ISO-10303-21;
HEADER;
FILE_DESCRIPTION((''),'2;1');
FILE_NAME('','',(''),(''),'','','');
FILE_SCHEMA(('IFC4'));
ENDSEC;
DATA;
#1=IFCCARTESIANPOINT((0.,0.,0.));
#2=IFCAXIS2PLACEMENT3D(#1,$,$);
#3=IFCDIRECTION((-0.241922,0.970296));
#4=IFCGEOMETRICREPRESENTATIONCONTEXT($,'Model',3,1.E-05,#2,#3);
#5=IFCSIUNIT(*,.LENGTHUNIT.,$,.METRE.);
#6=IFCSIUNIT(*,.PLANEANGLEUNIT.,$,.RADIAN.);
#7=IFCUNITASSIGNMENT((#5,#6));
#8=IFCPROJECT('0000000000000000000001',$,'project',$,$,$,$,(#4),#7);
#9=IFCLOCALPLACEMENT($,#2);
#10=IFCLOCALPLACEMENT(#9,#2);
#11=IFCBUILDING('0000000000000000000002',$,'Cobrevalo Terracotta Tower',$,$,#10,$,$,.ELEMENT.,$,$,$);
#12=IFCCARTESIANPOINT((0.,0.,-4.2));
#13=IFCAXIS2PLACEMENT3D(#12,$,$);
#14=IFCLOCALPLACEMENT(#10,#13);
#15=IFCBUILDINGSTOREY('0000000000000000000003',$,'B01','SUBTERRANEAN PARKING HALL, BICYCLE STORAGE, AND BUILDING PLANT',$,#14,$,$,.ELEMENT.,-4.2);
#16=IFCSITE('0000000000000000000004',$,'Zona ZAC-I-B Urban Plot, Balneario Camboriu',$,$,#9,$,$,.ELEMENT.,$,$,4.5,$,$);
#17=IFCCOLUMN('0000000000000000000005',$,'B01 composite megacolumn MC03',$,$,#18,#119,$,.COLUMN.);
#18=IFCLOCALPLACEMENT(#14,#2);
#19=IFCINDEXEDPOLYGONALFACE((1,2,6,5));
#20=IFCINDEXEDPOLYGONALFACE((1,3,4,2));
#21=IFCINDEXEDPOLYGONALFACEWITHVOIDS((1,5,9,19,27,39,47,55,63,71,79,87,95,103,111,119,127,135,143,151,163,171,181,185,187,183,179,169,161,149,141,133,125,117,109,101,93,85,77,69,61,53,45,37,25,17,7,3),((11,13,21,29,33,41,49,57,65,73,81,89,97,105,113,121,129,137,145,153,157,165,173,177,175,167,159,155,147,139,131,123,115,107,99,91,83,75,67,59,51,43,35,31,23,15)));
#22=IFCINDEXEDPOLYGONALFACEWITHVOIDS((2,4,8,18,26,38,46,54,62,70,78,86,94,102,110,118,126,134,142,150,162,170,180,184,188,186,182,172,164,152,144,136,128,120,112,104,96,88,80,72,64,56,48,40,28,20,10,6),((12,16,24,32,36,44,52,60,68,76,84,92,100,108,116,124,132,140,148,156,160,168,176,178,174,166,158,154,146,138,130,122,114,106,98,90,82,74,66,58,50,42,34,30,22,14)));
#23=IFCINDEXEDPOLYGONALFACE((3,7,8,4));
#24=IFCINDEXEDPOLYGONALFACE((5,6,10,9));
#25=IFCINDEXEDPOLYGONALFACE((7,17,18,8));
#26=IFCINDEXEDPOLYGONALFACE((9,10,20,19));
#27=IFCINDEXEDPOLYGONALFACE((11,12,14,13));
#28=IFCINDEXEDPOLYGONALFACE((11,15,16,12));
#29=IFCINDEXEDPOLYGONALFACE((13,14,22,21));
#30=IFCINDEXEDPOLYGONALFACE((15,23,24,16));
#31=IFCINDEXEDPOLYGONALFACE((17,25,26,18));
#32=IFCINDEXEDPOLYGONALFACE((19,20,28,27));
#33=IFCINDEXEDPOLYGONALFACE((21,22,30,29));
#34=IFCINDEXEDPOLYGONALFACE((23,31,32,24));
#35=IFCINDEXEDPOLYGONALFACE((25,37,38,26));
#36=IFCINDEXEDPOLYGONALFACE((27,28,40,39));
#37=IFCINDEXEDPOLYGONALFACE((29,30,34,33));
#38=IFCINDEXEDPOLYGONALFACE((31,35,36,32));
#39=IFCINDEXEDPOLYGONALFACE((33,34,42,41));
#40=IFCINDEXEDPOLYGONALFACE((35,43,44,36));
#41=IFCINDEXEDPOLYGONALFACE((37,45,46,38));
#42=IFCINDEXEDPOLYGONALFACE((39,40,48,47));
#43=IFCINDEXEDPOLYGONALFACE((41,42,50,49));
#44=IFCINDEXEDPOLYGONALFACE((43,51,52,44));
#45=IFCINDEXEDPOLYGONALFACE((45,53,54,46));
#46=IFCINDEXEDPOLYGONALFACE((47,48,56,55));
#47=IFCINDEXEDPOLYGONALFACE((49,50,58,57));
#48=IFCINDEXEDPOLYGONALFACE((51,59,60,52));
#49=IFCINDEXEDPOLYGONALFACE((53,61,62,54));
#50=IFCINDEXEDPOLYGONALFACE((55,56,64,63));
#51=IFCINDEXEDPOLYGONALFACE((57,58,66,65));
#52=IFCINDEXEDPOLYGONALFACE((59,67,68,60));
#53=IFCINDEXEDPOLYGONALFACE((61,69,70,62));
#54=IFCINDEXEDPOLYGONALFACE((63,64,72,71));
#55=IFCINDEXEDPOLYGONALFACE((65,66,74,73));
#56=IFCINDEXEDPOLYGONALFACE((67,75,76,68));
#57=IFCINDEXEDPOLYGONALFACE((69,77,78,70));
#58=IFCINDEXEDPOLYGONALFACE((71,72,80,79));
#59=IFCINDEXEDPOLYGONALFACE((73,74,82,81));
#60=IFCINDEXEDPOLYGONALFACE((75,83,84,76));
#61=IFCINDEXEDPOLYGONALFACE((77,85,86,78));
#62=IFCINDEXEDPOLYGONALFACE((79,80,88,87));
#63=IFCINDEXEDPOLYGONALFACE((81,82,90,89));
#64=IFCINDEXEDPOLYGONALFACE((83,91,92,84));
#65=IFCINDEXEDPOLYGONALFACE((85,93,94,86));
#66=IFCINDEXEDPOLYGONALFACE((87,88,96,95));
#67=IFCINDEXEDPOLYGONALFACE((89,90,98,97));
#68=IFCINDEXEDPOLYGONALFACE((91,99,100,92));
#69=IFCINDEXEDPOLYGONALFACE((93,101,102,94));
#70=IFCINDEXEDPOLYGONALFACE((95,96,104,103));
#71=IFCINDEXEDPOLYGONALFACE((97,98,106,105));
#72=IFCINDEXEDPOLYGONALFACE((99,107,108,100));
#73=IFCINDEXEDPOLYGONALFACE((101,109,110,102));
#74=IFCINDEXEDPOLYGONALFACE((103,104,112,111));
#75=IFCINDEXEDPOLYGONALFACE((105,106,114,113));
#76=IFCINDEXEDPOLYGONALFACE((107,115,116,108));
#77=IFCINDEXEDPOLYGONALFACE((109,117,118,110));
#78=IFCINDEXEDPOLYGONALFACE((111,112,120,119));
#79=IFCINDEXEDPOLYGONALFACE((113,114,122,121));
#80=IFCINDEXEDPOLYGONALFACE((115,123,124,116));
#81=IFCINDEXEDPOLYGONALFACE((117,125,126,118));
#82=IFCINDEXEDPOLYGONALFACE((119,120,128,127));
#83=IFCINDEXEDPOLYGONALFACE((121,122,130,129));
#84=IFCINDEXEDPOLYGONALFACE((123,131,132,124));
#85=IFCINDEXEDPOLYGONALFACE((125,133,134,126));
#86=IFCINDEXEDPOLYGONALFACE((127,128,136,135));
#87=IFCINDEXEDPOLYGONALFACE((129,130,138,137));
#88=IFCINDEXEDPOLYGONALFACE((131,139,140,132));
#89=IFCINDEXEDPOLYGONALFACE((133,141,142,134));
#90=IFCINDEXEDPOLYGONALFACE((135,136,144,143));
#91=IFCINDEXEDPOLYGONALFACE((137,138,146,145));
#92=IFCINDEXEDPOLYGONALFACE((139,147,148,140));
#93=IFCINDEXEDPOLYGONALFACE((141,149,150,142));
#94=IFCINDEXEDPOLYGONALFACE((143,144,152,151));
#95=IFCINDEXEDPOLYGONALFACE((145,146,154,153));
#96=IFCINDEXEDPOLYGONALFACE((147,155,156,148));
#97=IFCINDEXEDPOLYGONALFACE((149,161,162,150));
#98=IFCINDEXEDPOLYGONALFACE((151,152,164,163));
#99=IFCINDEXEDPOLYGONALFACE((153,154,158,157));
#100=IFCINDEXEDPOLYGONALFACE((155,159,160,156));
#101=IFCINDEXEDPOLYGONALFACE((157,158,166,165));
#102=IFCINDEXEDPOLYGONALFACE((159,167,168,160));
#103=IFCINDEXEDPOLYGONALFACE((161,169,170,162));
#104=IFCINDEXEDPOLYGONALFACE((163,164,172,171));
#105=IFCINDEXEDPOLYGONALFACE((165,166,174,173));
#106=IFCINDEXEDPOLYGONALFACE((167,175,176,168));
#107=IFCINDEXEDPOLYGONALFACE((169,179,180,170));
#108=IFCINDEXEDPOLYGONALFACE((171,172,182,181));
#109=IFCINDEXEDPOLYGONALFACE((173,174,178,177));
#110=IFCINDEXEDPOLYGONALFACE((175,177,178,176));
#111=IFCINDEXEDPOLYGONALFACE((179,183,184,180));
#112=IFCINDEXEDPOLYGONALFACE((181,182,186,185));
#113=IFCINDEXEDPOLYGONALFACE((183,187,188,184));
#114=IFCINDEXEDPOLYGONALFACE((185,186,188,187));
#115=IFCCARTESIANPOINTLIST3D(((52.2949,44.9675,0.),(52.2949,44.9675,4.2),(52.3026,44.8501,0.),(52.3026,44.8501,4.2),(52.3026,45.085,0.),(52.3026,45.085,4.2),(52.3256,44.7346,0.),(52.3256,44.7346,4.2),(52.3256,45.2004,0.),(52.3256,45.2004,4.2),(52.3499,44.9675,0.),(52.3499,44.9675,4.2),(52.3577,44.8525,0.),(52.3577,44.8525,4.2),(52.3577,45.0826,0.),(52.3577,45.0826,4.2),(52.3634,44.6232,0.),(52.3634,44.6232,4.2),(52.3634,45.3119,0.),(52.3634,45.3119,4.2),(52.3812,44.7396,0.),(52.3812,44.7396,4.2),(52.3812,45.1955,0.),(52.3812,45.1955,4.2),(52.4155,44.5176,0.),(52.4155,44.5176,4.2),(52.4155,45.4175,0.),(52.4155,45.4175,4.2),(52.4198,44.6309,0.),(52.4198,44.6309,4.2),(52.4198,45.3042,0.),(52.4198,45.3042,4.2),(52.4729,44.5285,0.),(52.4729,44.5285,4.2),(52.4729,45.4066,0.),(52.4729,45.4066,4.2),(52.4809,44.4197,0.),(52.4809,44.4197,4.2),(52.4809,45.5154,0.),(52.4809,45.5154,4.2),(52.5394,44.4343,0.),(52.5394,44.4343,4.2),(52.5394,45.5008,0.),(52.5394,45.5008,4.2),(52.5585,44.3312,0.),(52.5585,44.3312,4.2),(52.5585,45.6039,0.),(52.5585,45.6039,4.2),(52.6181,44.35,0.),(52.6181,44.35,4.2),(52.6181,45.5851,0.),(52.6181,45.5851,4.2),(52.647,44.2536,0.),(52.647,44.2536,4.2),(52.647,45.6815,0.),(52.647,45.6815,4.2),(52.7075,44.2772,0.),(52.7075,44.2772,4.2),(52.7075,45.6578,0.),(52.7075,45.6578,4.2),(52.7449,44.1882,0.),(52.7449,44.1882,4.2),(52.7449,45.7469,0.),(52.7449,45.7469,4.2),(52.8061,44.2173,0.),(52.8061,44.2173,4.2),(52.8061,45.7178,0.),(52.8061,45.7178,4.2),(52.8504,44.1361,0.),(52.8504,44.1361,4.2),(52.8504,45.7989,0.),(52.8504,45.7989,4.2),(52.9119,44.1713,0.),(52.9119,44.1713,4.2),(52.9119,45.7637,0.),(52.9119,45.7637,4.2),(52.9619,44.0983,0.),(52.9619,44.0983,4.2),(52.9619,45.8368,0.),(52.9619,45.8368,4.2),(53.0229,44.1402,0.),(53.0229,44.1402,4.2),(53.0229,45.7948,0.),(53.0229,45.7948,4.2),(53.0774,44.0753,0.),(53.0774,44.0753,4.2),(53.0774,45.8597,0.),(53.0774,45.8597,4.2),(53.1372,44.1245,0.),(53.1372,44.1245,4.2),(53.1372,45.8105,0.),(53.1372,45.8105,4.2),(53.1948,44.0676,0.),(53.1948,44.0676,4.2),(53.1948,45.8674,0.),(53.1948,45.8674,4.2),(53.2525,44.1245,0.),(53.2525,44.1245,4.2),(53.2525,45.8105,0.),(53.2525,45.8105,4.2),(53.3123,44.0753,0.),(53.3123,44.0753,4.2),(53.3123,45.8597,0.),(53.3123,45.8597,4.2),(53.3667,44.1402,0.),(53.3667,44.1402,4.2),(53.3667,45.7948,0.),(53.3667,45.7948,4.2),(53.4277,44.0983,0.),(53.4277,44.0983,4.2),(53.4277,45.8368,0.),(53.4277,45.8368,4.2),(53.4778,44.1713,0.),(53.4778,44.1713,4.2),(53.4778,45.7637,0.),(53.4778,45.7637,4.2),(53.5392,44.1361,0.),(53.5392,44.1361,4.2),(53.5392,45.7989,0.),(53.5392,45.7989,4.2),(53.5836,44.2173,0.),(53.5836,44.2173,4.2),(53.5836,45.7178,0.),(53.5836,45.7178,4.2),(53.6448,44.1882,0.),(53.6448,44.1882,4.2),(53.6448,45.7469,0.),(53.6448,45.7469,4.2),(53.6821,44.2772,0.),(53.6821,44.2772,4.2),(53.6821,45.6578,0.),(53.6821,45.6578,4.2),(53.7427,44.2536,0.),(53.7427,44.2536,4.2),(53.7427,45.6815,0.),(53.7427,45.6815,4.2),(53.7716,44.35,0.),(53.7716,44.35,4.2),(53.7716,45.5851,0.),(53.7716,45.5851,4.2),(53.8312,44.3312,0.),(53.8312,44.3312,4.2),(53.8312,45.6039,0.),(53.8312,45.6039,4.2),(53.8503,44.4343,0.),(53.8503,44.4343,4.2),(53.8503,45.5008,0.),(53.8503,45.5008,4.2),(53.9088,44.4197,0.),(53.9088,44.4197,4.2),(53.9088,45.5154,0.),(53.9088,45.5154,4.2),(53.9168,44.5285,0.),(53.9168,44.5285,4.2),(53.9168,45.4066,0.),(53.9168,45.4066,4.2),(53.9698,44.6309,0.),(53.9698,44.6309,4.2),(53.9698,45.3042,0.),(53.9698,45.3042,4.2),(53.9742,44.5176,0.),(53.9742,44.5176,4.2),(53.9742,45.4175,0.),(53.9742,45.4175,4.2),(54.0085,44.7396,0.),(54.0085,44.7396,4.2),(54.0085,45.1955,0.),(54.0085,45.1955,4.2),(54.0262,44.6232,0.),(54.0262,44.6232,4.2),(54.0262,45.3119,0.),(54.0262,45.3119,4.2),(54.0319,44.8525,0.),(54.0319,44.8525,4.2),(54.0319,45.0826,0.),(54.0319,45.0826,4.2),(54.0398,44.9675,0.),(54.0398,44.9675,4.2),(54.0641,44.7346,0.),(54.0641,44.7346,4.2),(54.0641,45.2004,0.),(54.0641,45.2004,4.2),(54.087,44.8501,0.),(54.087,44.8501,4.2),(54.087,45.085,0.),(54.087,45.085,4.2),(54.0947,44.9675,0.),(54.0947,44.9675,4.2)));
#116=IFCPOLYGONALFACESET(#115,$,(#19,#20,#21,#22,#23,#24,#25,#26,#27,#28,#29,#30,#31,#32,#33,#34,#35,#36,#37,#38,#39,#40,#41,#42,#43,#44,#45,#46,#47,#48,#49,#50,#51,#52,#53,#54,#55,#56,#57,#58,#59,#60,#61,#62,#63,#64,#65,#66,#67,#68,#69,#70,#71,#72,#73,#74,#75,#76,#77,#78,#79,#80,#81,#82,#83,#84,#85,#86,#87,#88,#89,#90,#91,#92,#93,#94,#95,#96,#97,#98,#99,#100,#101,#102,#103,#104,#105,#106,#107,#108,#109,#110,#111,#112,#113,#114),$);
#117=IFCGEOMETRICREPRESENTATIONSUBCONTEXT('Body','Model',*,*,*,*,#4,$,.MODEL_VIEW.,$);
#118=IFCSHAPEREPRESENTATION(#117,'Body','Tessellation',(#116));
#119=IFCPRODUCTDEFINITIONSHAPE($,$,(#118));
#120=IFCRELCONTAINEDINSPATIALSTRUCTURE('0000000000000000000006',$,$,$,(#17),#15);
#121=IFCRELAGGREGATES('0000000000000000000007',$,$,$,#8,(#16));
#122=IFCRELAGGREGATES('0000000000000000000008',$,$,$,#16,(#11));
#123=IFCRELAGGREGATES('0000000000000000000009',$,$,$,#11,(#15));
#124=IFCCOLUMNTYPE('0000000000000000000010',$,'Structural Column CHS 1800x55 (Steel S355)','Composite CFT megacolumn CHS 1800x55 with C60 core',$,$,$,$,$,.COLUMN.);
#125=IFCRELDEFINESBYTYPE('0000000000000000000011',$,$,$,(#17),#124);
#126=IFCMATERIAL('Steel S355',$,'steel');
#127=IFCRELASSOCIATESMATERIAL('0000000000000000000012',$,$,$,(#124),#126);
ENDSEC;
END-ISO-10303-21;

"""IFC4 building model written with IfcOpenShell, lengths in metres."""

from ifc_helpers import new_model, si_unit, direction, frame, origin, origin_2d, place, context, subcontext, project, spatial, hollow_circle, extrude, material, material_profile, profile_set, type_object, element, save


model = new_model("IFC4")

# Units and contexts
model_context = context("Model", 3, precision=1e-05, world=origin(), true_north=direction((-0.241922, 0.970296)))
body_context = subcontext(model_context, "Body", "Model", "MODEL_VIEW")
ifc_project = project(units=[si_unit("LENGTHUNIT", "METRE"), si_unit("PLANEANGLEUNIT", "RADIAN")], contexts=[model_context])

# Site, building, storey
site_placement = place(None, origin())
site = spatial("IfcSite", under=ifc_project, at=site_placement, Name="Zona ZAC-I-B Urban Plot, Balneario Camboriu", CompositionType="ELEMENT", RefElevation=4.5)
building_placement = place(site_placement, origin())
building = spatial("IfcBuilding", under=site, at=building_placement, Name="Cobrevalo Terracotta Tower", CompositionType="ELEMENT")
storey_placement = place(building_placement, frame((0.0, 0.0, -4.2)))
storey = spatial("IfcBuildingStorey", under=building, at=storey_placement, Name="B01", Description="SUBTERRANEAN PARKING HALL, BICYCLE STORAGE, AND BUILDING PLANT", CompositionType="ELEMENT", Elevation=-4.2)

# Column
ifc_material_1 = material(Name="Steel S355", Category="steel")
ifc_material_profile_1 = material_profile(ifc_material_1, hollow_circle(Radius=0.8999, WallThickness=0.0549, at=origin_2d()), Name="CHS 1800x55")
ifc_profile_set_1 = profile_set([ifc_material_profile_1], Name="Steel S355")
column_type_1 = type_object("IfcColumnType", Name="Structural Column CHS 1800x55 (Steel S355)", Description="Composite CFT megacolumn CHS 1800x55 with C60 core", PredefinedType="COLUMN", material=ifc_profile_set_1)
for number, where, z_axis, x_axis, name in (
    (1, (53.1948, 44.9675, 0.0), (0.0, 0.0, 1.0), (1.0, 0.0, 0.0), "B01 composite megacolumn MC03"),
):
    element("IfcColumn", number, at=place(storey_placement, frame(where, z_axis=z_axis, x_axis=x_axis)), inside=storey, type_object=column_type_1, Name=name, PredefinedType="COLUMN", context=body_context, shape_type="SweptSolid", body=[
        extrude(hollow_circle(Radius=0.8999, WallThickness=0.0549, at=origin_2d()), origin(), (0.0, 0.0, 1.0), 4.2),
    ])

save(model, "model.ifc")
